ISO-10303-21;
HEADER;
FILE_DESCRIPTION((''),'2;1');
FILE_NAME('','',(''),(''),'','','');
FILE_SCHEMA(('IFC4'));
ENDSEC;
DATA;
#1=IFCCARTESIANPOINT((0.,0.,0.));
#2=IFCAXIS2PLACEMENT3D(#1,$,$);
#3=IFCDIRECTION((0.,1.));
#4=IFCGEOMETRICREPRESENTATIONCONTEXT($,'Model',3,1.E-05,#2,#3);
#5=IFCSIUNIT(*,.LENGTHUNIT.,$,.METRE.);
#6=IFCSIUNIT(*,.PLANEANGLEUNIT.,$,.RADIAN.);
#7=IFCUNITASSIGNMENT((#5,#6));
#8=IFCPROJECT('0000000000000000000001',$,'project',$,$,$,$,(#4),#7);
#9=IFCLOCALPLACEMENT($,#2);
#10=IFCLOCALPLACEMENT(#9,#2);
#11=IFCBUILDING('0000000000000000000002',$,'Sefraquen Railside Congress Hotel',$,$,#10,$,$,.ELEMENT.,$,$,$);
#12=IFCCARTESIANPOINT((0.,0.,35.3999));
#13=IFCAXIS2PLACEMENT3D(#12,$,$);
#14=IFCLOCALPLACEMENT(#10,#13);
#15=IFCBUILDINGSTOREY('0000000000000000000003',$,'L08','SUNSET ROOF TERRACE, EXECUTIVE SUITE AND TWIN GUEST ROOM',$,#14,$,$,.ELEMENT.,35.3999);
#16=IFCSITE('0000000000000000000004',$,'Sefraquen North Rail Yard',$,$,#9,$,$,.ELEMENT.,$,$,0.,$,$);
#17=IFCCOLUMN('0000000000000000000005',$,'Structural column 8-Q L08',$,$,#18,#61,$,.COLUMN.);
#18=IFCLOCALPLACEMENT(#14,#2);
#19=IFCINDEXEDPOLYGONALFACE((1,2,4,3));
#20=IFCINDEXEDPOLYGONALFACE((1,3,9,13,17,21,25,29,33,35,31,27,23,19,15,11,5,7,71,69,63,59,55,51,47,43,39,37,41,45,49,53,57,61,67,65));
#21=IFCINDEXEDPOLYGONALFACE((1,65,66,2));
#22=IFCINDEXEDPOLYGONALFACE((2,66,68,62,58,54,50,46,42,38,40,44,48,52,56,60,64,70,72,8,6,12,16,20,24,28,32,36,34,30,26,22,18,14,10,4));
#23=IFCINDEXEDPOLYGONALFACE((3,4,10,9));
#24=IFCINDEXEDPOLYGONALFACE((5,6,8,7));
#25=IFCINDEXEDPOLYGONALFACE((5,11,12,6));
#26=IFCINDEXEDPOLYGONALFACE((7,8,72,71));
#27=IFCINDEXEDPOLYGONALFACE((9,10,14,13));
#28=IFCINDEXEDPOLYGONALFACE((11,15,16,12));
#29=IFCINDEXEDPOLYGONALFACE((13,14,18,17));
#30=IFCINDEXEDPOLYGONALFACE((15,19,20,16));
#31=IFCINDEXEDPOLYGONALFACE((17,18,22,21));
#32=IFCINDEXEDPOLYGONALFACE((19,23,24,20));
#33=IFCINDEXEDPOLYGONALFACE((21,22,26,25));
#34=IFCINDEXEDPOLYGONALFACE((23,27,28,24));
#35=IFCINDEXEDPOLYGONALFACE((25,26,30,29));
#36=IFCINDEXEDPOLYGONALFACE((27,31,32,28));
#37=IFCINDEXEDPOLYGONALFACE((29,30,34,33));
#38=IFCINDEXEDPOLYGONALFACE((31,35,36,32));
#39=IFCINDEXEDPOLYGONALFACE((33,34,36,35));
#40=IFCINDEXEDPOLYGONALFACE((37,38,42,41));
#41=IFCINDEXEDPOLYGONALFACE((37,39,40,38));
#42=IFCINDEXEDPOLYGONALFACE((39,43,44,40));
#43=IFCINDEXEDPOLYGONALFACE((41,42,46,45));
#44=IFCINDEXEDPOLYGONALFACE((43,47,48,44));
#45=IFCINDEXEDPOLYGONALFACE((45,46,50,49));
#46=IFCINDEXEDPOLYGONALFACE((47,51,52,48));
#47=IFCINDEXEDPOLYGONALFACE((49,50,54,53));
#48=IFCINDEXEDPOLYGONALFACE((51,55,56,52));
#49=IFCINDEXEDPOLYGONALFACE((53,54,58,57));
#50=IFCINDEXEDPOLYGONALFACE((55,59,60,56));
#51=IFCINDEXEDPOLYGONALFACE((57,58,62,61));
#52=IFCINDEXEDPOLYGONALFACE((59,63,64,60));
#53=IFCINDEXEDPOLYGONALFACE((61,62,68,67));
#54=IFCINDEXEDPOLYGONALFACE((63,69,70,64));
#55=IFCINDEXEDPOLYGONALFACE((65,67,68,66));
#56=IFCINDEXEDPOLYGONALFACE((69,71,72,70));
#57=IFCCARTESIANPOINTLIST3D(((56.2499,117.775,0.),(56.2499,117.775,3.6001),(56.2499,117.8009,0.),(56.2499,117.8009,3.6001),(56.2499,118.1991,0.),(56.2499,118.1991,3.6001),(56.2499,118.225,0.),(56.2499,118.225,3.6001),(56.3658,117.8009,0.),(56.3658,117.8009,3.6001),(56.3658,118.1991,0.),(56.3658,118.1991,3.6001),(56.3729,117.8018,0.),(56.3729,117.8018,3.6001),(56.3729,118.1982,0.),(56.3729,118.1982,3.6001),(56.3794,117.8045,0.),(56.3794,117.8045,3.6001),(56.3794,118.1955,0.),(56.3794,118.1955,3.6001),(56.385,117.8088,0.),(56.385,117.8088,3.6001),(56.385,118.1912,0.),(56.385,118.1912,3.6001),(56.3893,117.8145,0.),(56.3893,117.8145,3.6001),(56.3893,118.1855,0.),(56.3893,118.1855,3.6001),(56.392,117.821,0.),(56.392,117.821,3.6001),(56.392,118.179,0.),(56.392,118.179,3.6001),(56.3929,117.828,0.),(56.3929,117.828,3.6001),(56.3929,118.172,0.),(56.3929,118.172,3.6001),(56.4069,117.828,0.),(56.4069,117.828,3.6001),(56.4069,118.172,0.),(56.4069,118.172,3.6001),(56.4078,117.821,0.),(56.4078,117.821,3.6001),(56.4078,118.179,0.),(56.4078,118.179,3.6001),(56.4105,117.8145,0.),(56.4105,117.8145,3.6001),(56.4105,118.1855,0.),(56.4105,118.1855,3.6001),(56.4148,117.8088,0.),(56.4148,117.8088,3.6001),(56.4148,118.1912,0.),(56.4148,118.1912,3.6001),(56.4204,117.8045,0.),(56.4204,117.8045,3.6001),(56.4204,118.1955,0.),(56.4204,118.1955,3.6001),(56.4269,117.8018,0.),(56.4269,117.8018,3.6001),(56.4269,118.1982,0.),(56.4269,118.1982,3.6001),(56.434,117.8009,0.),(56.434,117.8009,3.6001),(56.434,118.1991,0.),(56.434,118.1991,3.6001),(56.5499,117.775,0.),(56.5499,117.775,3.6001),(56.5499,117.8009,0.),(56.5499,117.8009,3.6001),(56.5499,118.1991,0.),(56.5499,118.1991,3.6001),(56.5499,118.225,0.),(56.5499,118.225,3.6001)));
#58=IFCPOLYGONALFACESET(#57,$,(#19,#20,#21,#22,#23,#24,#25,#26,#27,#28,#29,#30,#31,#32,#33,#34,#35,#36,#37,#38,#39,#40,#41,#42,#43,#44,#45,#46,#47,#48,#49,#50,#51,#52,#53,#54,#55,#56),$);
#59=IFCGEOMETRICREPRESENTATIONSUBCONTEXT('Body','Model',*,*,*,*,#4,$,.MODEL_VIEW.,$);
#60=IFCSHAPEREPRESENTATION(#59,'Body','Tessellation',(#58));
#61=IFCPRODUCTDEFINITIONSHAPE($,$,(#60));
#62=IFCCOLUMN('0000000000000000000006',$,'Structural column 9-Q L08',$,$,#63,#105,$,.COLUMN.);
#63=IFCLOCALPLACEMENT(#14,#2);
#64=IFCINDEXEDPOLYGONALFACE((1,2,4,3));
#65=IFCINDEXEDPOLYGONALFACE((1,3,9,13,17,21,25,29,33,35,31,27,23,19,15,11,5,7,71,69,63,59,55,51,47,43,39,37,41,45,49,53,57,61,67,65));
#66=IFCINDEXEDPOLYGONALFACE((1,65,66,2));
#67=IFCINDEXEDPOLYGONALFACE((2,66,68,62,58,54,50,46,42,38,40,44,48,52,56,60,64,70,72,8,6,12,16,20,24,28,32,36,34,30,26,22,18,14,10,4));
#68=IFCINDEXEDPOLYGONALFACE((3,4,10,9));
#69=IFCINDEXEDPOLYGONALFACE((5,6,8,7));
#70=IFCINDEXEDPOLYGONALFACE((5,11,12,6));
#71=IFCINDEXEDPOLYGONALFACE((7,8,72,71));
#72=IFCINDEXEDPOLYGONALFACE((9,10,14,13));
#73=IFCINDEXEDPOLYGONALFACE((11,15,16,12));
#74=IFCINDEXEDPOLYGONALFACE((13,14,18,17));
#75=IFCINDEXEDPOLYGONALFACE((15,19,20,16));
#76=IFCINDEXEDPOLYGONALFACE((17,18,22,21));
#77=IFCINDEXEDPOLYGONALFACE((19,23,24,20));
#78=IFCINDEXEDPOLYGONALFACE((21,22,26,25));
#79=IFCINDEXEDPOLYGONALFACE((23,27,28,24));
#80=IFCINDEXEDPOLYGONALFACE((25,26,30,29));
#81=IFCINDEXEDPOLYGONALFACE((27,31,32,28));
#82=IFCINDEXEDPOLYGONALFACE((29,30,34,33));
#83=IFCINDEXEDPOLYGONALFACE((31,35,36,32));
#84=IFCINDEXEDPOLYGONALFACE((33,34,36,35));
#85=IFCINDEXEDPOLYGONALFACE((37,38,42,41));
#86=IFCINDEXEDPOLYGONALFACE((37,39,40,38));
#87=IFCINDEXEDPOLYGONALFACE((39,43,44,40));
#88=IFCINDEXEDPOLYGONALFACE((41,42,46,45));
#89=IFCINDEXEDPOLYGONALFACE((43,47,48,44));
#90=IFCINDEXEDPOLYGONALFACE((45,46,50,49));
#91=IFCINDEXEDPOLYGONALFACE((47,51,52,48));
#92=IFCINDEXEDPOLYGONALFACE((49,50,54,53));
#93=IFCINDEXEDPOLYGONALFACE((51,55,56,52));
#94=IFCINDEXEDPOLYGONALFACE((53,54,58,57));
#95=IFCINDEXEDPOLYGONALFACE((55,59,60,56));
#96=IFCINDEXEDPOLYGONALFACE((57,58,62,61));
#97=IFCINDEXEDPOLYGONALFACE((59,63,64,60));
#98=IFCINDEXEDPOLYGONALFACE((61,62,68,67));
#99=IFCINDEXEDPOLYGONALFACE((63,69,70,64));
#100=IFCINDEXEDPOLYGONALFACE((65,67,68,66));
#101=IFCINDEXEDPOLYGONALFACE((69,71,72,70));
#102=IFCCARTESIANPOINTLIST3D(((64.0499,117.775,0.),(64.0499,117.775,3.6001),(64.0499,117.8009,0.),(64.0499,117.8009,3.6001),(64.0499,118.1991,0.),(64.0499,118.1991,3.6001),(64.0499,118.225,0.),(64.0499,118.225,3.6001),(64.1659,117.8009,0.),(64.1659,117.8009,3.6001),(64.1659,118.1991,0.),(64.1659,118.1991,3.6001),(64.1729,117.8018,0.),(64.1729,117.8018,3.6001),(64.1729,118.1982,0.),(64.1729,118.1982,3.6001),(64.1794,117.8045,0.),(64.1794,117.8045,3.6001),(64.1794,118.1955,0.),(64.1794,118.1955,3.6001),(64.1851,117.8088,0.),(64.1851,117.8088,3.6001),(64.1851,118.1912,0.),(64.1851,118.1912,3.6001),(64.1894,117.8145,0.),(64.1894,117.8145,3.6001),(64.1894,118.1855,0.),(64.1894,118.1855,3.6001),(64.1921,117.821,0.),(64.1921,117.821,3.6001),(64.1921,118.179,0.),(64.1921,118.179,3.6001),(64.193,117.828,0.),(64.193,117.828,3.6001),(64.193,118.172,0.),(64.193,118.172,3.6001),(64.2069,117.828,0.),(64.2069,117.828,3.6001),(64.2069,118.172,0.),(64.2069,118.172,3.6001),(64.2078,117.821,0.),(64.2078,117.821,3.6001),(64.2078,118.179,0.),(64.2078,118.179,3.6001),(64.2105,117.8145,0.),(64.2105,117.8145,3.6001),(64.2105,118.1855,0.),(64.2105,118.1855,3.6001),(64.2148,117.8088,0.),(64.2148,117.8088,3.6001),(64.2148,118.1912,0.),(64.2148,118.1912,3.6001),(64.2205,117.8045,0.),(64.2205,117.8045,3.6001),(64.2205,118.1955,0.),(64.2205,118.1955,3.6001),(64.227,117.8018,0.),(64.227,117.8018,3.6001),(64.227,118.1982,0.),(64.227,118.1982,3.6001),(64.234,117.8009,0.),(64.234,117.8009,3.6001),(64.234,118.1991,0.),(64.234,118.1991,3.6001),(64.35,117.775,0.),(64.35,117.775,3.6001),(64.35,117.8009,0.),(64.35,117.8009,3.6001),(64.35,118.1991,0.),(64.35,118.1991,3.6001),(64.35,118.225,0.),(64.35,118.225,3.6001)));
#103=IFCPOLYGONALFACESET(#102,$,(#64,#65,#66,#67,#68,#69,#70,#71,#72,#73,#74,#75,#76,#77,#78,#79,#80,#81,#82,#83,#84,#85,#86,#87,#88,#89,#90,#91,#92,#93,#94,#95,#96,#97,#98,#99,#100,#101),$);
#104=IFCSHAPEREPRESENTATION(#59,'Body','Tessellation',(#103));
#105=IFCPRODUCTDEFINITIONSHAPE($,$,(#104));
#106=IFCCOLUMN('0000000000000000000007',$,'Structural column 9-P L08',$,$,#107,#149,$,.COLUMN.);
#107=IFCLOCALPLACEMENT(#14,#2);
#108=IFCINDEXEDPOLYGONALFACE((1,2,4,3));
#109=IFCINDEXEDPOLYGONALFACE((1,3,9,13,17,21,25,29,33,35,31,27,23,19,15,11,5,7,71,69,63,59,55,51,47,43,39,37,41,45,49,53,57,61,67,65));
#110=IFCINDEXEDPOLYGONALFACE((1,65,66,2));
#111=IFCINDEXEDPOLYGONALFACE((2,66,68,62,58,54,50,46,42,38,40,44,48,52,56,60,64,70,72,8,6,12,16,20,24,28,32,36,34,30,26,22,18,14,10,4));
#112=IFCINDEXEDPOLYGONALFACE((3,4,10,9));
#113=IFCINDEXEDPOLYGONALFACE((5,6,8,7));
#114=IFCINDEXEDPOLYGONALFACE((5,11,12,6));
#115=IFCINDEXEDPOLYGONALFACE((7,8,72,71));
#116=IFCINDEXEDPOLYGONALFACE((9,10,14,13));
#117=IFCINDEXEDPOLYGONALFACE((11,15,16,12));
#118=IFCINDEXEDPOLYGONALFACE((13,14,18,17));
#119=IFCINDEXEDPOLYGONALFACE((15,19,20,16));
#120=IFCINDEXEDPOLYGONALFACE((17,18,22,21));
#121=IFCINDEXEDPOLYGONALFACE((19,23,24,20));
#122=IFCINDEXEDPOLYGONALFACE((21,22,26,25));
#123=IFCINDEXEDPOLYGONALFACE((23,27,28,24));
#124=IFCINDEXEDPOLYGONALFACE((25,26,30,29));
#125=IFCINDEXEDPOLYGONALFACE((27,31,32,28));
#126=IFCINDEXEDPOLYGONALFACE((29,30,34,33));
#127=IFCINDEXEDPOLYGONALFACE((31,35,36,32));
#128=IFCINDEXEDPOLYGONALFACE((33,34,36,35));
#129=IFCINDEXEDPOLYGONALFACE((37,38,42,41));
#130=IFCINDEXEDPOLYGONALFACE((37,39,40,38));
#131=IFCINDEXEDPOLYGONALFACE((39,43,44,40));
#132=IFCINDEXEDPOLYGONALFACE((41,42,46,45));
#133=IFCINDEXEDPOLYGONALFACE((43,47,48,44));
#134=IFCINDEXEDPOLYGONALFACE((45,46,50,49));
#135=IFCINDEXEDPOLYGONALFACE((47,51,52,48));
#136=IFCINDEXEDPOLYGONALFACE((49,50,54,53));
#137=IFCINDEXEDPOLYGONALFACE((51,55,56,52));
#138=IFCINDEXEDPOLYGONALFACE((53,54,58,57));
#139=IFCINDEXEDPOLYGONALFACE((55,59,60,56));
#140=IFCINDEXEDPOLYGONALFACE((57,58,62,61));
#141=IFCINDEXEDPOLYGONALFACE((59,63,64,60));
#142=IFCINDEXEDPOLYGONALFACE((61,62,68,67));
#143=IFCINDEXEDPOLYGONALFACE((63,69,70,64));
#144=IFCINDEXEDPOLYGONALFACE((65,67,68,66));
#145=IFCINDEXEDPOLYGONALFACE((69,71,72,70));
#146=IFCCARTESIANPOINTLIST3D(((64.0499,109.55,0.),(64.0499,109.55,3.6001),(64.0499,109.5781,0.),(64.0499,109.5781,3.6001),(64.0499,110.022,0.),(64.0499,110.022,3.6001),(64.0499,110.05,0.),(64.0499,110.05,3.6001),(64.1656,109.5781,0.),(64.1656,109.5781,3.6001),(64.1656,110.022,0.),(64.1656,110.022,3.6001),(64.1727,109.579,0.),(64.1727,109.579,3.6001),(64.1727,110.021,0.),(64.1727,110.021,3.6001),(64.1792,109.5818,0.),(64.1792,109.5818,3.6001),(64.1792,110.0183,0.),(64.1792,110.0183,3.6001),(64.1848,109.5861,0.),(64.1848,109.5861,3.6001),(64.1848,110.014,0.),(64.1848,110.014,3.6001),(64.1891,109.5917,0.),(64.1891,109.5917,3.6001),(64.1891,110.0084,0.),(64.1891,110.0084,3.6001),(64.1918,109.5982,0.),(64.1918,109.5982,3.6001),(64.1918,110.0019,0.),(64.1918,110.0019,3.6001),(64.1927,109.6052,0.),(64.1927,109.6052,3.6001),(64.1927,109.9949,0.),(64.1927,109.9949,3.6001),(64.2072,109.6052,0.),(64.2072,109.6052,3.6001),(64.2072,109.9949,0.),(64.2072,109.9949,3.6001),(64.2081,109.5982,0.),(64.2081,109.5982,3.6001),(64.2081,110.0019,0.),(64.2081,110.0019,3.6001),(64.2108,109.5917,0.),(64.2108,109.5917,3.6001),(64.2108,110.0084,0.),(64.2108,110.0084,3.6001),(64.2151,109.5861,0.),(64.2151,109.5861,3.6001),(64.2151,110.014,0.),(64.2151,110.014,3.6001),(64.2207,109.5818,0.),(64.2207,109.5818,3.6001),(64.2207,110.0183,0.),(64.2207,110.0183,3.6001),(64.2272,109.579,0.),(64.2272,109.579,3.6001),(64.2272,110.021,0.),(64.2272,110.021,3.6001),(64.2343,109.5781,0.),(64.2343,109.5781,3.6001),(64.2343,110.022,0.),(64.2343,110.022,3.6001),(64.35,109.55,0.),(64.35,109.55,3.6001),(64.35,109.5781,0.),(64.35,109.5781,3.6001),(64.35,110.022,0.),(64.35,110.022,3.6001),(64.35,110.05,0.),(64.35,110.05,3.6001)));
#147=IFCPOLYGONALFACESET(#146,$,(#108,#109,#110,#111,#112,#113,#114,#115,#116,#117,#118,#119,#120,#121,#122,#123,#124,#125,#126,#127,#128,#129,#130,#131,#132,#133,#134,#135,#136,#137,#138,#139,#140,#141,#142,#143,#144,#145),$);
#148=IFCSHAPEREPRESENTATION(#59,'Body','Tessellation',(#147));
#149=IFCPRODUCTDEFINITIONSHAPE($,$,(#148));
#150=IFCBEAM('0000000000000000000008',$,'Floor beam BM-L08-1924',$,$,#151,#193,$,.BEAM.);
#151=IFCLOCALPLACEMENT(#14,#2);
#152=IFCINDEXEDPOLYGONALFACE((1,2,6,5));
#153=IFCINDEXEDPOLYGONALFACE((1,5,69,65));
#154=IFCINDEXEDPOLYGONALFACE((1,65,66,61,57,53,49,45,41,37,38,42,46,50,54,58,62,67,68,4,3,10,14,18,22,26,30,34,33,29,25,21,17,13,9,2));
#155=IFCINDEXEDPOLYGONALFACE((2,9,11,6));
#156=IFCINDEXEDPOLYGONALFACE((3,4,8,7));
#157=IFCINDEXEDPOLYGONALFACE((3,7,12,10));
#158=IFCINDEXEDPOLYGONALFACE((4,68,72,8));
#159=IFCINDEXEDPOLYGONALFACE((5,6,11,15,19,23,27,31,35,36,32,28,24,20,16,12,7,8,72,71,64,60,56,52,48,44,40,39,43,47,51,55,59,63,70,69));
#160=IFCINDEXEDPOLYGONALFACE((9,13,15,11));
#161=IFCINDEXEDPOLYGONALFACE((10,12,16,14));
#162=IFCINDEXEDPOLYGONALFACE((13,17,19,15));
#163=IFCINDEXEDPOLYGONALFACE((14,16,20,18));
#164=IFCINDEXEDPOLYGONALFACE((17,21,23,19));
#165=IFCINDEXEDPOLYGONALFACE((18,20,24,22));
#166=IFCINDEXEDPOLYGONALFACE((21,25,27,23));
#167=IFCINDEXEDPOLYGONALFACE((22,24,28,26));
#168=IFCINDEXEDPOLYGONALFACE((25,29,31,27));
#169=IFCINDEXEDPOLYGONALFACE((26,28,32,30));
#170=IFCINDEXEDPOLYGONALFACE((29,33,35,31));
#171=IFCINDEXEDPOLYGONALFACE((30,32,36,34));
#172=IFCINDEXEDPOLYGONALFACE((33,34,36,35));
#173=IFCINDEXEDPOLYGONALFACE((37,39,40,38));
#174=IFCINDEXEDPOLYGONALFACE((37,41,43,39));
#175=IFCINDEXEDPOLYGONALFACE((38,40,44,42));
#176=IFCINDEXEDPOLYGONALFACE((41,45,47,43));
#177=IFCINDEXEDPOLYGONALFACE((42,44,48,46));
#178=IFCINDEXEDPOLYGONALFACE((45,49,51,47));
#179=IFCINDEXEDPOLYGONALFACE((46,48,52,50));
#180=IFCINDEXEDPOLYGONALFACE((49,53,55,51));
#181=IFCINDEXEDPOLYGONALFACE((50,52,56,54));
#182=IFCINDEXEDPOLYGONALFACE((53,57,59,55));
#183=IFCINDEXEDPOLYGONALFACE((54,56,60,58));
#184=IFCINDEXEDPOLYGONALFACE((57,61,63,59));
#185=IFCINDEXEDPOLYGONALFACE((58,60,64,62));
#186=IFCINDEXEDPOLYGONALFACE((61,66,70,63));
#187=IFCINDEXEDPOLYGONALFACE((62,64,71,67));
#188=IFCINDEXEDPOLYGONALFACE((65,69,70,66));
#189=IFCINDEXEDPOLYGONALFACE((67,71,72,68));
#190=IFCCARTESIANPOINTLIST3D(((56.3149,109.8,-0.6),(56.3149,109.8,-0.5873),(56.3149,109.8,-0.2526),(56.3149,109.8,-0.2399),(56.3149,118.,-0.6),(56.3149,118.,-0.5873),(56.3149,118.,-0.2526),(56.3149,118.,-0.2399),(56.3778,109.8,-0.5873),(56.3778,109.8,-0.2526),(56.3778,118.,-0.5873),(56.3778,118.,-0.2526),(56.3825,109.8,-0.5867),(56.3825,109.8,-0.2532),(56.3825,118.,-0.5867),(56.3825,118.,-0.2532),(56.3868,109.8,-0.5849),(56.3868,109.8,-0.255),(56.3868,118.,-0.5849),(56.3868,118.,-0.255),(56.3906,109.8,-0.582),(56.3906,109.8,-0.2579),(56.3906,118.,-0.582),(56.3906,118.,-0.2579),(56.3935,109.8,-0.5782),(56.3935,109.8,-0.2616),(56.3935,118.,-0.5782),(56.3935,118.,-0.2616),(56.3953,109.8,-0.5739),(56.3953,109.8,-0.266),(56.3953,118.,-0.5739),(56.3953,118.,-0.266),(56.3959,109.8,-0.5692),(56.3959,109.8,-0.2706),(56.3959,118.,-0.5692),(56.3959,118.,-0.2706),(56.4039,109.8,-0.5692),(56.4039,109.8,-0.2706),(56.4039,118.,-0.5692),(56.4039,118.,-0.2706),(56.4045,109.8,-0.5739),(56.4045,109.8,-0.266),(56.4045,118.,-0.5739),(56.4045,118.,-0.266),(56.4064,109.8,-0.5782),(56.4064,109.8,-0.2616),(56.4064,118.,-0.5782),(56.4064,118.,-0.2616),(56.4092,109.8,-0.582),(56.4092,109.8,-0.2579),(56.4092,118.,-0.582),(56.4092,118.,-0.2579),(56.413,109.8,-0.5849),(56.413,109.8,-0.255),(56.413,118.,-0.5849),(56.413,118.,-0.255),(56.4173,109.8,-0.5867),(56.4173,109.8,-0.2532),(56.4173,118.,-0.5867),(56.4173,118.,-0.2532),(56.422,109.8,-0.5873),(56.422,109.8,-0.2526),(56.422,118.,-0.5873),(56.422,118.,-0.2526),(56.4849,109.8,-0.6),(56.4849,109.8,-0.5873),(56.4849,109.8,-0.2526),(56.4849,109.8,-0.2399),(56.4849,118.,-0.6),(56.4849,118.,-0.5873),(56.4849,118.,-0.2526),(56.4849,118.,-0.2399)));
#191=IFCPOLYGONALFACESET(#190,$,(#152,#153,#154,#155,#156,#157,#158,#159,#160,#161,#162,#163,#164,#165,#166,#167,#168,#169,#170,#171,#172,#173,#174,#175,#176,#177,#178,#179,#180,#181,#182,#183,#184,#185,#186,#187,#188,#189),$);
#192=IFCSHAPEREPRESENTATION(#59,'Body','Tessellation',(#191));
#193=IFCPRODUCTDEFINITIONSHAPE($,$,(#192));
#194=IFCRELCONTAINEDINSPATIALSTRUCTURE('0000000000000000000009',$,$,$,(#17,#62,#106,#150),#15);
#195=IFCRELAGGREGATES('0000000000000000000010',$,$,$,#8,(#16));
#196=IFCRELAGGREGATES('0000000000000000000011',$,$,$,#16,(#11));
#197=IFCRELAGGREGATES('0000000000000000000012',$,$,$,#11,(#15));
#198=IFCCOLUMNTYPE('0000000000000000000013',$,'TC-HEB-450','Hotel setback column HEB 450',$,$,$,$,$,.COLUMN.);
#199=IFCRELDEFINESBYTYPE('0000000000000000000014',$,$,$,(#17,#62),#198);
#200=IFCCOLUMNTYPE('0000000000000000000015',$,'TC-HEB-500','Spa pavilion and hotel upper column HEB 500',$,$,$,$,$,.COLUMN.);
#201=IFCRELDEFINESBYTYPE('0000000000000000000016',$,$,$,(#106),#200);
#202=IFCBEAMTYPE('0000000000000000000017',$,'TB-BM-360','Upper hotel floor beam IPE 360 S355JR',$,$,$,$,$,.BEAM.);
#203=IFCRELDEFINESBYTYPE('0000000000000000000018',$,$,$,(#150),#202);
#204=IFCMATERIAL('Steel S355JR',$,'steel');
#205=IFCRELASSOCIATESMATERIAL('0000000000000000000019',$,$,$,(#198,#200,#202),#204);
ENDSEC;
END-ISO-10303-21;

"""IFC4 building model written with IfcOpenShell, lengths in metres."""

from ifc_helpers import new_model, si_unit, direction, frame, origin, origin_2d, place, context, subcontext, project, spatial, i_section, extrude, material, material_profile, profile_set, type_object, element, save


model = new_model("IFC4")

# Units and contexts
model_context = context("Model", 3, precision=1e-05, world=origin(), true_north=direction((0.0, 1.0)))
body_context = subcontext(model_context, "Body", "Model", "MODEL_VIEW")
ifc_project = project(units=[si_unit("LENGTHUNIT", "METRE"), si_unit("PLANEANGLEUNIT", "RADIAN")], contexts=[model_context])

# Site, building, storey
site_placement = place(None, origin())
site = spatial("IfcSite", under=ifc_project, at=site_placement, Name="Sefraquen North Rail Yard", CompositionType="ELEMENT", RefElevation=0.0)
building_placement = place(site_placement, origin())
building = spatial("IfcBuilding", under=site, at=building_placement, Name="Sefraquen Railside Congress Hotel", CompositionType="ELEMENT")
storey_placement = place(building_placement, frame((0.0, 0.0, 35.3999)))
storey = spatial("IfcBuildingStorey", under=building, at=storey_placement, Name="L08", Description="SUNSET ROOF TERRACE, EXECUTIVE SUITE AND TWIN GUEST ROOM", CompositionType="ELEMENT", Elevation=35.3999)

# Columns
ifc_material_1 = material(Name="Steel S355JR", Category="steel")
ifc_material_profile_1 = material_profile(ifc_material_1, i_section(OverallWidth=0.3, OverallDepth=0.45, WebThickness=0.0139, FlangeThickness=0.0259, FilletRadius=0.0271, at=origin_2d()), Name="HEB 450")
ifc_profile_set_1 = profile_set([ifc_material_profile_1], Name="Steel S355JR")
column_type_1 = type_object("IfcColumnType", Name="TC-HEB-450", Description="Hotel setback column HEB 450", PredefinedType="COLUMN", material=ifc_profile_set_1)
for number, where, z_axis, x_axis, name in (
    (1, (56.3999, 118.0, 0.0), (0.0, 0.0, 1.0), (1.0, 0.0, 0.0), "Structural column 8-Q L08"),
    (2, (64.2, 118.0, 0.0), (0.0, 0.0, 1.0), (1.0, 0.0, 0.0), "Structural column 9-Q L08"),
):
    element("IfcColumn", number, at=place(storey_placement, frame(where, z_axis=z_axis, x_axis=x_axis)), inside=storey, type_object=column_type_1, Name=name, PredefinedType="COLUMN", context=body_context, shape_type="SweptSolid", body=[
        extrude(i_section(OverallWidth=0.3, OverallDepth=0.45, WebThickness=0.0139, FlangeThickness=0.0259, FilletRadius=0.0271, at=origin_2d()), origin(), (0.0, 0.0, 1.0), 3.6001),
    ])
ifc_material_profile_2 = material_profile(ifc_material_1, i_section(OverallWidth=0.3, OverallDepth=0.5, WebThickness=0.0144, FlangeThickness=0.0281, FilletRadius=0.0271, at=origin_2d()), Name="HEB 500")
ifc_profile_set_2 = profile_set([ifc_material_profile_2], Name="Steel S355JR")
column_type_2 = type_object("IfcColumnType", Name="TC-HEB-500", Description="Spa pavilion and hotel upper column HEB 500", PredefinedType="COLUMN", material=ifc_profile_set_2)
column_placement = place(storey_placement, frame((64.2, 109.8, 0.0), z_axis=(0.0, 0.0, 1.0), x_axis=(1.0, 0.0, 0.0)))
element("IfcColumn", 3, at=column_placement, inside=storey, type_object=column_type_2, Name="Structural column 9-P L08", PredefinedType="COLUMN", context=body_context, shape_type="SweptSolid", body=[
    extrude(i_section(OverallWidth=0.3, OverallDepth=0.5, WebThickness=0.0144, FlangeThickness=0.0281, FilletRadius=0.0271, at=origin_2d()), origin(), (0.0, 0.0, 1.0), 3.6001),
])

# Beam
ifc_material_profile_3 = material_profile(ifc_material_1, i_section(OverallWidth=0.1699, OverallDepth=0.3601, WebThickness=0.0081, FlangeThickness=0.0127, FilletRadius=0.0181, at=origin_2d()), Name="IPE 360")
ifc_profile_set_3 = profile_set([ifc_material_profile_3], Name="Steel S355JR")
beam_type_1 = type_object("IfcBeamType", Name="TB-BM-360", Description="Upper hotel floor beam IPE 360 S355JR", PredefinedType="BEAM", material=ifc_profile_set_3)
for number, where, z_axis, x_axis, name in (
    (4, (56.3999, 109.8, -0.4199), (0.0, 1.0, 0.0), (-1.0, 0.0, 0.0), "Floor beam BM-L08-1924"),
):
    element("IfcBeam", number, at=place(storey_placement, frame(where, z_axis=z_axis, x_axis=x_axis)), inside=storey, type_object=beam_type_1, Name=name, PredefinedType="BEAM", context=body_context, shape_type="SweptSolid", body=[
        extrude(i_section(OverallWidth=0.1699, OverallDepth=0.3601, WebThickness=0.0081, FlangeThickness=0.0127, FilletRadius=0.0181, at=origin_2d()), origin(), (0.0, 0.0, 1.0), 8.2),
    ])

save(model, "model.ifc")
